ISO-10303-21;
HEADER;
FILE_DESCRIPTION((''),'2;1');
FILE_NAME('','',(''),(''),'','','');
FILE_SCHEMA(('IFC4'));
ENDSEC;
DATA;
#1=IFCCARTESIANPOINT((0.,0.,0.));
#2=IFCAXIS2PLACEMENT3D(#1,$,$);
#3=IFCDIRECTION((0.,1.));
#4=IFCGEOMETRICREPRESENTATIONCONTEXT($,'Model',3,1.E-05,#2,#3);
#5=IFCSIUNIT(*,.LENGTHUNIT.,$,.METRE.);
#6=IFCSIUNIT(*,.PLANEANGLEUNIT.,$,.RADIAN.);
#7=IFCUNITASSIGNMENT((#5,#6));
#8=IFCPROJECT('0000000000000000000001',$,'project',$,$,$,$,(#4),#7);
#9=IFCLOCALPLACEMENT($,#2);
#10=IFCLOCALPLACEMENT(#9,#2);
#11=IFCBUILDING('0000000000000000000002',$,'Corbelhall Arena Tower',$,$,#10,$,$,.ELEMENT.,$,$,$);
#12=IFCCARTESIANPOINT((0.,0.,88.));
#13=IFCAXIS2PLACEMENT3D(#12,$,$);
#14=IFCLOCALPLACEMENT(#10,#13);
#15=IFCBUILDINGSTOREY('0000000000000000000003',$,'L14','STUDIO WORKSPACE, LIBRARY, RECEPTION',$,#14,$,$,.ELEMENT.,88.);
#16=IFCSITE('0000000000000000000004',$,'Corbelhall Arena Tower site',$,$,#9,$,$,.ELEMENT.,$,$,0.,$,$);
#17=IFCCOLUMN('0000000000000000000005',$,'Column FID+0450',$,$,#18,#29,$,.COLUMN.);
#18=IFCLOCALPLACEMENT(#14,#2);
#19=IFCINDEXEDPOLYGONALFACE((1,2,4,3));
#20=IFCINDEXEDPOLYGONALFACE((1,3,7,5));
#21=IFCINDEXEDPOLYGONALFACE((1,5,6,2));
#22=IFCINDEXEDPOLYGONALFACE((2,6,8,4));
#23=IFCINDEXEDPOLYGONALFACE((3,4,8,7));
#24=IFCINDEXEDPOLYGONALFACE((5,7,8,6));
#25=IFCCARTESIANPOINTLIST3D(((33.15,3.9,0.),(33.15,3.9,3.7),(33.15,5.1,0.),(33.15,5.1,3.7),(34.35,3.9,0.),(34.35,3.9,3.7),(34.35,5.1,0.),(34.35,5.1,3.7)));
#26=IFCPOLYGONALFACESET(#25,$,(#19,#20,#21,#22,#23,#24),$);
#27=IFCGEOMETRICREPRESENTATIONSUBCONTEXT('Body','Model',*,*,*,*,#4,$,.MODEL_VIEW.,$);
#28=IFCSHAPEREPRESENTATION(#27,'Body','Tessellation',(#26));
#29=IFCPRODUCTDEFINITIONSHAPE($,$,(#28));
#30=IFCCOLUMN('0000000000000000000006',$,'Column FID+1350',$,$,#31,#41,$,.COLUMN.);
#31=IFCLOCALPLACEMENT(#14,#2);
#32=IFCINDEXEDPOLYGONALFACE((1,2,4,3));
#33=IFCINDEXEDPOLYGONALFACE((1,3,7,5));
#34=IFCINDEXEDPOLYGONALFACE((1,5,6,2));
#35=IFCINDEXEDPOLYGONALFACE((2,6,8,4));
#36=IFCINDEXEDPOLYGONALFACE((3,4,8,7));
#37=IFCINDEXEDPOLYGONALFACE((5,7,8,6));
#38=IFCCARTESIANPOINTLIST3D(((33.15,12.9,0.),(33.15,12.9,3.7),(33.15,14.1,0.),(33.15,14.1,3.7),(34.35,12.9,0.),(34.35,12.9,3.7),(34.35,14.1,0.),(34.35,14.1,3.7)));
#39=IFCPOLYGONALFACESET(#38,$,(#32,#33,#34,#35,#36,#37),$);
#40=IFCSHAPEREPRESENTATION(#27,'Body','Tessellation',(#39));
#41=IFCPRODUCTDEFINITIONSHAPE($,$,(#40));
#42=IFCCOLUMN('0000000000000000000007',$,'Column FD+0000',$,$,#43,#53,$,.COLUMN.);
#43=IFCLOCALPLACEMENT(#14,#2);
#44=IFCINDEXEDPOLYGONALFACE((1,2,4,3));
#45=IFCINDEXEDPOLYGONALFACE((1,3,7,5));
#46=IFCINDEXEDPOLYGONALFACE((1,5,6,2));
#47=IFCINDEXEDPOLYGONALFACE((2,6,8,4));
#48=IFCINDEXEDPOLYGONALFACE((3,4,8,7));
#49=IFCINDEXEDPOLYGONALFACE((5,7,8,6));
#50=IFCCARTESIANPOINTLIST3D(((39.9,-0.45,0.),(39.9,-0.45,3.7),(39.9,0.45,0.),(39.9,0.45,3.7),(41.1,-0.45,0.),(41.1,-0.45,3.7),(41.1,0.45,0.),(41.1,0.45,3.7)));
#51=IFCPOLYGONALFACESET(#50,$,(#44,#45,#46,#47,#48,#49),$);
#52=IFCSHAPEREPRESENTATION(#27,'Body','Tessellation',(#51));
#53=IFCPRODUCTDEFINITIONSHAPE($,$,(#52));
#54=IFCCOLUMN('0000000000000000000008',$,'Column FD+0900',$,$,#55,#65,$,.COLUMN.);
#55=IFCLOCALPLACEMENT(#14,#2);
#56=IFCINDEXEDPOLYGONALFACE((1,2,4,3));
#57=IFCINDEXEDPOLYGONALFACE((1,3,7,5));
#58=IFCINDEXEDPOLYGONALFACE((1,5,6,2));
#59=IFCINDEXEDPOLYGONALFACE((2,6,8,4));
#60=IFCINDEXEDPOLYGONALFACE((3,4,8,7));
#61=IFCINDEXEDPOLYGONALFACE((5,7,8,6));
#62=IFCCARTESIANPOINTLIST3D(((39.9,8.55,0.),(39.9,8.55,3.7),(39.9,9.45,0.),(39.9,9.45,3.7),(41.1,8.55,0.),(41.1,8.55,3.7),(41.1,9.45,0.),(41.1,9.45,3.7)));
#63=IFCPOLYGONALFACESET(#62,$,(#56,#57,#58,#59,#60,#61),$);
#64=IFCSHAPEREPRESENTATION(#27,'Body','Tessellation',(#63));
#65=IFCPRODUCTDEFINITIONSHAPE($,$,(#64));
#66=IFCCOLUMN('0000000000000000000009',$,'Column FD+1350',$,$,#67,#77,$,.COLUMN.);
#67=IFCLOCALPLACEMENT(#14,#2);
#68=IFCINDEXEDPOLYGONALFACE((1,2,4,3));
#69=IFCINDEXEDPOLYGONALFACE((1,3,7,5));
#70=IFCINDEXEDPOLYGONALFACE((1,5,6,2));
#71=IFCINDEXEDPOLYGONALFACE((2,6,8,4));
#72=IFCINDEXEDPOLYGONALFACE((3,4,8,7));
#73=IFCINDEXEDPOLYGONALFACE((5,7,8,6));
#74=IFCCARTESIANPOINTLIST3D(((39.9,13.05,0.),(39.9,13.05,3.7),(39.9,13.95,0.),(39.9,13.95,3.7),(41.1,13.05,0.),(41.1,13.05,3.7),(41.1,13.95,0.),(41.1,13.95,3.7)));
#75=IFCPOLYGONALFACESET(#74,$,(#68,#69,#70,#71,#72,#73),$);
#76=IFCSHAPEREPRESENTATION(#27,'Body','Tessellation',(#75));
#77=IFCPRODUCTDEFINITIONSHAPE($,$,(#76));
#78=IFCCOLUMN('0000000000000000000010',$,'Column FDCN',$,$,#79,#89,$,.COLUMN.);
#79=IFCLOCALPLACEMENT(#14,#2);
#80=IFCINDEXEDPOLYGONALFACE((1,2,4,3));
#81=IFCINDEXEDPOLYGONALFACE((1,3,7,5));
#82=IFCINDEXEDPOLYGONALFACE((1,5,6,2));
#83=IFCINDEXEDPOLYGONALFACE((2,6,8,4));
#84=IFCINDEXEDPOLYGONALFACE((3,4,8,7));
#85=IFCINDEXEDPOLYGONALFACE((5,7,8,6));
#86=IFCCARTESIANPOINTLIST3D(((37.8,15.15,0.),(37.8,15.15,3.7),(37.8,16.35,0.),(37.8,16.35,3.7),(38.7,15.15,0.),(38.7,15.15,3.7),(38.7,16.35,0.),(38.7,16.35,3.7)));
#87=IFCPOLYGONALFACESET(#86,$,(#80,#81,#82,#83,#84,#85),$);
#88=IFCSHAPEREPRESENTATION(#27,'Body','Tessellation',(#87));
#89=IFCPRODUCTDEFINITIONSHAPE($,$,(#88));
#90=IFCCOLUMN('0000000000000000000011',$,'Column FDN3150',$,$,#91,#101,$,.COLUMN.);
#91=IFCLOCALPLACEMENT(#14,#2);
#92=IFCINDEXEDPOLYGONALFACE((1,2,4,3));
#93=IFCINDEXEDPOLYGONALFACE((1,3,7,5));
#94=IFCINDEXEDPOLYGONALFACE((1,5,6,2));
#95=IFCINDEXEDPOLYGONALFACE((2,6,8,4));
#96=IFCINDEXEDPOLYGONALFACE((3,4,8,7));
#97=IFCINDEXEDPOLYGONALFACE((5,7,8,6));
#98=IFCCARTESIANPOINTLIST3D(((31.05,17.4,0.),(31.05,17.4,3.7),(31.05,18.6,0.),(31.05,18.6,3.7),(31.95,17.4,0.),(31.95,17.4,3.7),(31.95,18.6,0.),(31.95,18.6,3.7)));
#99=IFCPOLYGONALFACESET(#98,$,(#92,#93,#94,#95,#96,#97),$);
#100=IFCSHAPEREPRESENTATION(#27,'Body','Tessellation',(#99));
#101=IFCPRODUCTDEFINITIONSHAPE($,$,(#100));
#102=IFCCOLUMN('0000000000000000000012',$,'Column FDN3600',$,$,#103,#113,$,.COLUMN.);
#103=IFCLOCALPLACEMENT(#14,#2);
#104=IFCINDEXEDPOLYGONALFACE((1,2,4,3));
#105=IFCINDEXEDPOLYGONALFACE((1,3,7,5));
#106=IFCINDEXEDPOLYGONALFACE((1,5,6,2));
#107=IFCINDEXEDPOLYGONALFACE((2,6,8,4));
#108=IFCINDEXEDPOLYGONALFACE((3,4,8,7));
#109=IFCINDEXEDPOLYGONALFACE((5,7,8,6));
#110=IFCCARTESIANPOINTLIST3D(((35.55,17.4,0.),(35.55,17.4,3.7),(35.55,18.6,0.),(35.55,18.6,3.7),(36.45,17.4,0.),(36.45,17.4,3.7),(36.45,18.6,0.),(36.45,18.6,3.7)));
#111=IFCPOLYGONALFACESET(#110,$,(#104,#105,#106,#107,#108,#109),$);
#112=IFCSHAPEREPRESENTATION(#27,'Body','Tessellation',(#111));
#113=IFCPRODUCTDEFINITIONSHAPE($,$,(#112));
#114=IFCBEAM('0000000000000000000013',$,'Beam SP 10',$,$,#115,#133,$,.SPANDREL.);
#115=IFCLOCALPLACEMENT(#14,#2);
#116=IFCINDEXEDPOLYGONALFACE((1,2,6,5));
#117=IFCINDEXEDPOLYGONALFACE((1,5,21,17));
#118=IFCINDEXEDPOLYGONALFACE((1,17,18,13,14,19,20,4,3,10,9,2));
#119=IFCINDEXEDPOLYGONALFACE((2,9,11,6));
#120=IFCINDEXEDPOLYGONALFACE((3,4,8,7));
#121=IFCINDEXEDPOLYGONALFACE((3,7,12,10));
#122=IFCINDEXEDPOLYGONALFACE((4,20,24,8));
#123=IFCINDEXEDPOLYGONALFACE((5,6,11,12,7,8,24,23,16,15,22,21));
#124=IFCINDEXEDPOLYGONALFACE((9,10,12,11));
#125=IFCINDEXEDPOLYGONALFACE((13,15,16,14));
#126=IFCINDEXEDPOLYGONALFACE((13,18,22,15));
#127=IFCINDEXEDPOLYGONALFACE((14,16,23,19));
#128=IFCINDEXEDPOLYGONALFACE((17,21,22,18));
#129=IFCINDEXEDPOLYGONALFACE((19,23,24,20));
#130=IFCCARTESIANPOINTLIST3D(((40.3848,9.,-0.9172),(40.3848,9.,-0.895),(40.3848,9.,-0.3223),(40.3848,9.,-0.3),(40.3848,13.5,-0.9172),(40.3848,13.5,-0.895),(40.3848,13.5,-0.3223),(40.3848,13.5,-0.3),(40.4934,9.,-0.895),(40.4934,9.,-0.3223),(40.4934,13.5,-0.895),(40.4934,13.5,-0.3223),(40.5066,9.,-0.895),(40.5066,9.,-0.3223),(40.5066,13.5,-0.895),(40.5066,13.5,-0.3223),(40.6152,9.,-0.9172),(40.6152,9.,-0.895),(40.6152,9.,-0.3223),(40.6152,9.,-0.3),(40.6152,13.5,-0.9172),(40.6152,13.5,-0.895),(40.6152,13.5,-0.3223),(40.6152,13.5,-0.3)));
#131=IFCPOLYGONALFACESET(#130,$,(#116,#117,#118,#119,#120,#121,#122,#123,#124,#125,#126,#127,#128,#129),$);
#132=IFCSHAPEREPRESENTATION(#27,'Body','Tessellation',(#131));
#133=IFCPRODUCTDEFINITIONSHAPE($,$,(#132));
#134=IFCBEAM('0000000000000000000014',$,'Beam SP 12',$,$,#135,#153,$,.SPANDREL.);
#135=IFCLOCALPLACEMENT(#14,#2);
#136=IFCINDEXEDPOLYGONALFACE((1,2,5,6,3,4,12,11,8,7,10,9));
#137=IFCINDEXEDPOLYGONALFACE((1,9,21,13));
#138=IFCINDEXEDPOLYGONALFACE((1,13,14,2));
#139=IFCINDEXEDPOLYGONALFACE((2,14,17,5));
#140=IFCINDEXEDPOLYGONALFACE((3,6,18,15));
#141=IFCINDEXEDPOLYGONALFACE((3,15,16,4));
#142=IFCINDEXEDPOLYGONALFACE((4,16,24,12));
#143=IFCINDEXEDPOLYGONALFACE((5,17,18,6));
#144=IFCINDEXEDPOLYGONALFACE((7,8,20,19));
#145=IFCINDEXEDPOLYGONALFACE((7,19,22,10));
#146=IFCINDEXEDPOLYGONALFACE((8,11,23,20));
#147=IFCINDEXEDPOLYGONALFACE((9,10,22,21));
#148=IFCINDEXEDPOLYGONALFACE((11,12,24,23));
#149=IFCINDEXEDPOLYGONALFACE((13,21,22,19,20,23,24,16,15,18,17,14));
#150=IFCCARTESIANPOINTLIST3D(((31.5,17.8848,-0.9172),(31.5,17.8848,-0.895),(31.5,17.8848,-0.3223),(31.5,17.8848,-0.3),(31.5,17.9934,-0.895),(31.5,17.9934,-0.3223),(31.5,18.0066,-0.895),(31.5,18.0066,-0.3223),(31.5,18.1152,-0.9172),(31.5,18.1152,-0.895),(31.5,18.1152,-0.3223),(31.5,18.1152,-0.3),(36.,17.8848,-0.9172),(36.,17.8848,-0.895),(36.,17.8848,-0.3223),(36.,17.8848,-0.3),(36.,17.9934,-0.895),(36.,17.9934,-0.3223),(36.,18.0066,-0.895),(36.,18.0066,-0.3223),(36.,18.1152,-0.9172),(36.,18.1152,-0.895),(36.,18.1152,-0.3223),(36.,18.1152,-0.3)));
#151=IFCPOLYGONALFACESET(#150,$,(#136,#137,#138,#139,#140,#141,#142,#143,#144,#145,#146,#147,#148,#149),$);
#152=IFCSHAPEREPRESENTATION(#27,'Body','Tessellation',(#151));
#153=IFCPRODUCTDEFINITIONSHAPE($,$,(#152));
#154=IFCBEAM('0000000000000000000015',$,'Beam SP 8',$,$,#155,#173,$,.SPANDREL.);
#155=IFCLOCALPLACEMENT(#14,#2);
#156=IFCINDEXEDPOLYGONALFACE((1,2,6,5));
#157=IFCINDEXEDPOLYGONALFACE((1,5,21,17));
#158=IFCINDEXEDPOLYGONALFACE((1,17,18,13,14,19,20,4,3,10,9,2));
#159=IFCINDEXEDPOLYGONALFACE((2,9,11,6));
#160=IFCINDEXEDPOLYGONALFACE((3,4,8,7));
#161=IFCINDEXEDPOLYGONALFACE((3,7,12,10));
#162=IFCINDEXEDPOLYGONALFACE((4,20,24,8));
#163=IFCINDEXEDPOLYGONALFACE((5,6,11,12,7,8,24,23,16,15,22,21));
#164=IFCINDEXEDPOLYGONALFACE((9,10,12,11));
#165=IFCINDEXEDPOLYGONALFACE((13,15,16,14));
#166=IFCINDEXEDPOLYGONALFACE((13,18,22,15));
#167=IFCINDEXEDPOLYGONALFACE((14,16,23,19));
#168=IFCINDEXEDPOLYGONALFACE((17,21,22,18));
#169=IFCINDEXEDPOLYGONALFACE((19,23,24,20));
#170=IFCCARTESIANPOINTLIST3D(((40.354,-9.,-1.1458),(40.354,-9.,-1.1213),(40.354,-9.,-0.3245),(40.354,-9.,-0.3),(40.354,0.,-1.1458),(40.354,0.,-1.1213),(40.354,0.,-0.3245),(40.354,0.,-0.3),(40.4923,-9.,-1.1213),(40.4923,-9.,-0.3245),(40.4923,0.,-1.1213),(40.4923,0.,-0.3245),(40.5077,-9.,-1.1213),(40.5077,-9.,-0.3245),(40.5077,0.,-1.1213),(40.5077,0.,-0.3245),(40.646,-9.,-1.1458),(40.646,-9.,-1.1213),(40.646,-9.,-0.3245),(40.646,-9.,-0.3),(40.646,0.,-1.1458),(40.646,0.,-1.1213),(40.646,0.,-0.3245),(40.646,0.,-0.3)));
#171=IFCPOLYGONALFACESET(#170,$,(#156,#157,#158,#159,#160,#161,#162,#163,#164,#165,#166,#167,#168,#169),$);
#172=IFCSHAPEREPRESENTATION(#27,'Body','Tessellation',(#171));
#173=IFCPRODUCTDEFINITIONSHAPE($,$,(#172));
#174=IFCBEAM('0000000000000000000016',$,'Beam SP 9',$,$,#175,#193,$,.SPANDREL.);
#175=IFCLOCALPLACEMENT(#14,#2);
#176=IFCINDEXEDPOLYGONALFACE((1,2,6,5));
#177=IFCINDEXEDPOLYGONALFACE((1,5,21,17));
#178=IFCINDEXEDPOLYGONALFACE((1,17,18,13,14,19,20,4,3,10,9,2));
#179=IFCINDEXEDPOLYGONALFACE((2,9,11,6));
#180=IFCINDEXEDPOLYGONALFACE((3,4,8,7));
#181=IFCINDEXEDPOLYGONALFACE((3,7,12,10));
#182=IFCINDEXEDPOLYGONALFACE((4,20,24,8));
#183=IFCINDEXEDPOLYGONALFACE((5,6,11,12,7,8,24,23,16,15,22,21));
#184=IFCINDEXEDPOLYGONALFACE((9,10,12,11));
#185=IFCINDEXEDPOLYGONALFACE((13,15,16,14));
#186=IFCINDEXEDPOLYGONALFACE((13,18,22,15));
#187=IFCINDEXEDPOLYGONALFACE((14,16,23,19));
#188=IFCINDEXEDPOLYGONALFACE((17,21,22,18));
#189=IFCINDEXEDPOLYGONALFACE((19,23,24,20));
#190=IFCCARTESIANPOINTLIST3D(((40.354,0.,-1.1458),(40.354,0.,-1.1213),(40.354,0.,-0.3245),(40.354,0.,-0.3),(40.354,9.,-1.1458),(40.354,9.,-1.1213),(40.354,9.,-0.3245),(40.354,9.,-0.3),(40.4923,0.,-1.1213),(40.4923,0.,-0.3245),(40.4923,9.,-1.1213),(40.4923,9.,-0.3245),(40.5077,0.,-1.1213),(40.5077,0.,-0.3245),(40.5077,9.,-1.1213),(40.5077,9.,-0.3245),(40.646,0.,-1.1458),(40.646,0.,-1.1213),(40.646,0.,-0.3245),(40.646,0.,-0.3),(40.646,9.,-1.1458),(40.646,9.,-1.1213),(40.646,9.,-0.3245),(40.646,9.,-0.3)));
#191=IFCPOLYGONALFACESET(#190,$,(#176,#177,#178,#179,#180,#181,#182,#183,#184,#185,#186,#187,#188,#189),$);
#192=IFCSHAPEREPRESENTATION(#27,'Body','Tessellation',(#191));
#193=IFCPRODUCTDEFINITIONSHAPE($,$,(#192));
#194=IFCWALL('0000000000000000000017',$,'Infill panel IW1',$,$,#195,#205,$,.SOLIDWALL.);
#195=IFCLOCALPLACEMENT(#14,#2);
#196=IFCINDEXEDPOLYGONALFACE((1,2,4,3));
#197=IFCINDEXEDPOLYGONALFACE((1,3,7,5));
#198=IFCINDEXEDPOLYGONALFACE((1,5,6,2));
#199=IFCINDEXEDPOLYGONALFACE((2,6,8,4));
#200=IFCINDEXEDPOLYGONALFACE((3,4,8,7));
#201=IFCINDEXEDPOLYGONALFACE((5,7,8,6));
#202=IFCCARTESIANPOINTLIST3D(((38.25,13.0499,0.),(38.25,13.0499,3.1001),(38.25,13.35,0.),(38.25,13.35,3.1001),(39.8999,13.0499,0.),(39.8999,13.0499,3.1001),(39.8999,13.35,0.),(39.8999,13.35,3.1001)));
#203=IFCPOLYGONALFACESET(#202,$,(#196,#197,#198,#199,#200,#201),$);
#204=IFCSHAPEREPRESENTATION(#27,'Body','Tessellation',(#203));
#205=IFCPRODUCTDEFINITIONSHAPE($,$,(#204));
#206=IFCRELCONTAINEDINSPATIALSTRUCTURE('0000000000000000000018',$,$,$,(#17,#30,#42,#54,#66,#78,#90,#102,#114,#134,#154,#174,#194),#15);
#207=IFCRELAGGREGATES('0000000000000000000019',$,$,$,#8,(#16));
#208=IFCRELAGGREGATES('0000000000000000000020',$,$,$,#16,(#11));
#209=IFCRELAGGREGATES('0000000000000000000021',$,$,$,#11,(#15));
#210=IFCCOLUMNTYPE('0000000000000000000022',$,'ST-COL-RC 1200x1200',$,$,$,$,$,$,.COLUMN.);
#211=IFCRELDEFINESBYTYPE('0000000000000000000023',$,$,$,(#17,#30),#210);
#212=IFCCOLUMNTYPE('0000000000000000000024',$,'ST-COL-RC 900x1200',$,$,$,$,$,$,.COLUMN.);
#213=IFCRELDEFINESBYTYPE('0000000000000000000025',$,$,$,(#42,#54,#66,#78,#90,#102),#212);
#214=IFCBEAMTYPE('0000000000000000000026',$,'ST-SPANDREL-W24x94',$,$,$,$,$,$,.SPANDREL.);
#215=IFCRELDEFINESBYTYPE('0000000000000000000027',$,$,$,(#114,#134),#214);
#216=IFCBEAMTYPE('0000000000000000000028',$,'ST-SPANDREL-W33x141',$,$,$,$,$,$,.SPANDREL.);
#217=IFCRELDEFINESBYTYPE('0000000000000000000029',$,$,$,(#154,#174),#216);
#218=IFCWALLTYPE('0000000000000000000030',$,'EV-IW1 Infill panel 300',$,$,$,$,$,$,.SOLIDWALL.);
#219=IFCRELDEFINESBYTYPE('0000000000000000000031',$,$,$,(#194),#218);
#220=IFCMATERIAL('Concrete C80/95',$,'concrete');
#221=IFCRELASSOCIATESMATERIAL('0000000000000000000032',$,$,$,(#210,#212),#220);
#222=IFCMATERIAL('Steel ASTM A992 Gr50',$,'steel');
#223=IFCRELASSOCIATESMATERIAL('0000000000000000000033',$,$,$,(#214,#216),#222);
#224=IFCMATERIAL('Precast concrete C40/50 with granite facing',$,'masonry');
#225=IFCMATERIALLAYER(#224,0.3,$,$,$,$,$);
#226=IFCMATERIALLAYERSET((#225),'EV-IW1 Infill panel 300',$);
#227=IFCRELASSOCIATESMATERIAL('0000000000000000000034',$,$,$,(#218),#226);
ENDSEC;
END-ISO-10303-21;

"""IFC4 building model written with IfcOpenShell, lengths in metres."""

from ifc_helpers import new_model, si_unit, direction, frame, frame_2d, origin, origin_2d, place, context, subcontext, project, spatial, rectangle, i_section, extrude, material, layer, layer_set, material_profile, profile_set, type_object, element, save


model = new_model("IFC4")

# Units and contexts
model_context = context("Model", 3, precision=1e-05, world=origin(), true_north=direction((0.0, 1.0)))
body_context = subcontext(model_context, "Body", "Model", "MODEL_VIEW")
ifc_project = project(units=[si_unit("LENGTHUNIT", "METRE"), si_unit("PLANEANGLEUNIT", "RADIAN")], contexts=[model_context])

# Site, building, storey
site_placement = place(None, origin())
site = spatial("IfcSite", under=ifc_project, at=site_placement, Name="Corbelhall Arena Tower site", CompositionType="ELEMENT", RefElevation=0.0)
building_placement = place(site_placement, origin())
building = spatial("IfcBuilding", under=site, at=building_placement, Name="Corbelhall Arena Tower", CompositionType="ELEMENT")
storey_placement = place(building_placement, frame((0.0, 0.0, 88.0)))
storey = spatial("IfcBuildingStorey", under=building, at=storey_placement, Name="L14", Description="STUDIO WORKSPACE, LIBRARY, RECEPTION", CompositionType="ELEMENT", Elevation=88.0)

# Columns
ifc_material_1 = material(Name="Concrete C80/95", Category="concrete")
ifc_material_profile_1 = material_profile(ifc_material_1, rectangle(XDim=1.2, YDim=1.2, at=origin_2d()))
ifc_profile_set_1 = profile_set([ifc_material_profile_1], Name="Concrete C80/95")
column_type_1 = type_object("IfcColumnType", Name="ST-COL-RC 1200x1200", PredefinedType="COLUMN", material=ifc_profile_set_1)
for number, where, z_axis, x_axis, name in (
    (1, (33.75, 4.5, 0.0), (0.0, 0.0, 1.0), (1.0, 0.0, 0.0), "Column FID+0450"),
    (2, (33.75, 13.5, 0.0), (0.0, 0.0, 1.0), (1.0, 0.0, 0.0), "Column FID+1350"),
):
    element("IfcColumn", number, at=place(storey_placement, frame(where, z_axis=z_axis, x_axis=x_axis)), inside=storey, type_object=column_type_1, Name=name, PredefinedType="COLUMN", context=body_context, shape_type="SweptSolid", body=[
        extrude(rectangle(XDim=1.2, YDim=1.2, at=origin_2d()), origin(), (0.0, 0.0, 1.0), 3.7),
    ])
ifc_material_profile_2 = material_profile(ifc_material_1, rectangle(XDim=0.8999, YDim=1.2, at=origin_2d()))
ifc_profile_set_2 = profile_set([ifc_material_profile_2], Name="Concrete C80/95")
column_type_2 = type_object("IfcColumnType", Name="ST-COL-RC 900x1200", PredefinedType="COLUMN", material=ifc_profile_set_2)
for number, where, z_axis, x_axis, name in (
    (3, (40.5, 0.0, 0.0), (0.0, 0.0, 1.0), (0.0, 1.0, 0.0), "Column FD+0000"),
    (4, (40.5, 9.0, 0.0), (0.0, 0.0, 1.0), (0.0, 1.0, 0.0), "Column FD+0900"),
    (5, (40.5, 13.5, 0.0), (0.0, 0.0, 1.0), (0.0, 1.0, 0.0), "Column FD+1350"),
    (6, (38.25, 15.75, 0.0), (0.0, 0.0, 1.0), (1.0, 0.0, 0.0), "Column FDCN"),
    (7, (31.5, 18.0, 0.0), (0.0, 0.0, 1.0), (1.0, 0.0, 0.0), "Column FDN3150"),
    (8, (36.0, 18.0, 0.0), (0.0, 0.0, 1.0), (1.0, 0.0, 0.0), "Column FDN3600"),
):
    element("IfcColumn", number, at=place(storey_placement, frame(where, z_axis=z_axis, x_axis=x_axis)), inside=storey, type_object=column_type_2, Name=name, PredefinedType="COLUMN", context=body_context, shape_type="SweptSolid", body=[
        extrude(rectangle(XDim=0.8999, YDim=1.2, at=origin_2d()), origin(), (0.0, 0.0, 1.0), 3.7),
    ])

# Beams
ifc_material_2 = material(Name="Steel ASTM A992 Gr50", Category="steel")
ifc_material_profile_3 = material_profile(ifc_material_2, i_section(OverallWidth=0.2305, OverallDepth=0.6172, WebThickness=0.0132, FlangeThickness=0.0222, at=origin_2d()))
ifc_profile_set_3 = profile_set([ifc_material_profile_3], Name="Steel ASTM A992 Gr50")
beam_type_1 = type_object("IfcBeamType", Name="ST-SPANDREL-W24x94", PredefinedType="SPANDREL", material=ifc_profile_set_3)
for number, where, z_axis, x_axis, name in (
    (9, (40.5, 13.5, -0.6086), (0.0, -1.0, 0.0), (1.0, 0.0, 0.0), "Beam SP 10"),
    (10, (31.5, 18.0, -0.6086), (1.0, 0.0, 0.0), (0.0, 1.0, 0.0), "Beam SP 12"),
):
    element("IfcBeam", number, at=place(storey_placement, frame(where, z_axis=z_axis, x_axis=x_axis)), inside=storey, type_object=beam_type_1, Name=name, PredefinedType="SPANDREL", context=body_context, shape_type="SweptSolid", body=[
        extrude(i_section(OverallWidth=0.2305, OverallDepth=0.6172, WebThickness=0.0132, FlangeThickness=0.0222, at=origin_2d()), origin(), (0.0, 0.0, 1.0), 4.5),
    ])
ifc_material_profile_4 = material_profile(ifc_material_2, i_section(OverallWidth=0.292, OverallDepth=0.8457, WebThickness=0.0154, FlangeThickness=0.0244, at=origin_2d()))
ifc_profile_set_4 = profile_set([ifc_material_profile_4], Name="Steel ASTM A992 Gr50")
beam_type_2 = type_object("IfcBeamType", Name="ST-SPANDREL-W33x141", PredefinedType="SPANDREL", material=ifc_profile_set_4)
for number, where, z_axis, x_axis, name in (
    (11, (40.5, 0.0, -0.7229), (0.0, -1.0, 0.0), (1.0, 0.0, 0.0), "Beam SP 8"),
    (12, (40.5, 9.0, -0.7229), (0.0, -1.0, 0.0), (1.0, 0.0, 0.0), "Beam SP 9"),
):
    element("IfcBeam", number, at=place(storey_placement, frame(where, z_axis=z_axis, x_axis=x_axis)), inside=storey, type_object=beam_type_2, Name=name, PredefinedType="SPANDREL", context=body_context, shape_type="SweptSolid", body=[
        extrude(i_section(OverallWidth=0.292, OverallDepth=0.8457, WebThickness=0.0154, FlangeThickness=0.0244, at=origin_2d()), origin(), (0.0, 0.0, 1.0), 9.0),
    ])

# Wall
ifc_material_3 = material(Name="Precast concrete C40/50 with granite facing", Category="masonry")
ifc_layer_1 = layer(ifc_material_3, 0.3)
ifc_layer_set_1 = layer_set([ifc_layer_1], Name="EV-IW1 Infill panel 300")
wall_type_1 = type_object("IfcWallType", Name="EV-IW1 Infill panel 300", PredefinedType="SOLIDWALL", material=ifc_layer_set_1)
wall_1_placement = place(storey_placement, frame((39.8999, 13.2, 0.0), z_axis=(0.0, 0.0, 1.0), x_axis=(-1.0, 0.0, 0.0)))
element("IfcWall", 13, at=wall_1_placement, inside=storey, type_object=wall_type_1, Name="Infill panel IW1", PredefinedType="SOLIDWALL", context=body_context, shape_type="SweptSolid", body=[
    extrude(rectangle(XDim=1.6499, YDim=0.3, at=frame_2d((0.825, 0.0))), origin(), (0.0, 0.0, 1.0), 3.1001),
])

save(model, "model.ifc")
